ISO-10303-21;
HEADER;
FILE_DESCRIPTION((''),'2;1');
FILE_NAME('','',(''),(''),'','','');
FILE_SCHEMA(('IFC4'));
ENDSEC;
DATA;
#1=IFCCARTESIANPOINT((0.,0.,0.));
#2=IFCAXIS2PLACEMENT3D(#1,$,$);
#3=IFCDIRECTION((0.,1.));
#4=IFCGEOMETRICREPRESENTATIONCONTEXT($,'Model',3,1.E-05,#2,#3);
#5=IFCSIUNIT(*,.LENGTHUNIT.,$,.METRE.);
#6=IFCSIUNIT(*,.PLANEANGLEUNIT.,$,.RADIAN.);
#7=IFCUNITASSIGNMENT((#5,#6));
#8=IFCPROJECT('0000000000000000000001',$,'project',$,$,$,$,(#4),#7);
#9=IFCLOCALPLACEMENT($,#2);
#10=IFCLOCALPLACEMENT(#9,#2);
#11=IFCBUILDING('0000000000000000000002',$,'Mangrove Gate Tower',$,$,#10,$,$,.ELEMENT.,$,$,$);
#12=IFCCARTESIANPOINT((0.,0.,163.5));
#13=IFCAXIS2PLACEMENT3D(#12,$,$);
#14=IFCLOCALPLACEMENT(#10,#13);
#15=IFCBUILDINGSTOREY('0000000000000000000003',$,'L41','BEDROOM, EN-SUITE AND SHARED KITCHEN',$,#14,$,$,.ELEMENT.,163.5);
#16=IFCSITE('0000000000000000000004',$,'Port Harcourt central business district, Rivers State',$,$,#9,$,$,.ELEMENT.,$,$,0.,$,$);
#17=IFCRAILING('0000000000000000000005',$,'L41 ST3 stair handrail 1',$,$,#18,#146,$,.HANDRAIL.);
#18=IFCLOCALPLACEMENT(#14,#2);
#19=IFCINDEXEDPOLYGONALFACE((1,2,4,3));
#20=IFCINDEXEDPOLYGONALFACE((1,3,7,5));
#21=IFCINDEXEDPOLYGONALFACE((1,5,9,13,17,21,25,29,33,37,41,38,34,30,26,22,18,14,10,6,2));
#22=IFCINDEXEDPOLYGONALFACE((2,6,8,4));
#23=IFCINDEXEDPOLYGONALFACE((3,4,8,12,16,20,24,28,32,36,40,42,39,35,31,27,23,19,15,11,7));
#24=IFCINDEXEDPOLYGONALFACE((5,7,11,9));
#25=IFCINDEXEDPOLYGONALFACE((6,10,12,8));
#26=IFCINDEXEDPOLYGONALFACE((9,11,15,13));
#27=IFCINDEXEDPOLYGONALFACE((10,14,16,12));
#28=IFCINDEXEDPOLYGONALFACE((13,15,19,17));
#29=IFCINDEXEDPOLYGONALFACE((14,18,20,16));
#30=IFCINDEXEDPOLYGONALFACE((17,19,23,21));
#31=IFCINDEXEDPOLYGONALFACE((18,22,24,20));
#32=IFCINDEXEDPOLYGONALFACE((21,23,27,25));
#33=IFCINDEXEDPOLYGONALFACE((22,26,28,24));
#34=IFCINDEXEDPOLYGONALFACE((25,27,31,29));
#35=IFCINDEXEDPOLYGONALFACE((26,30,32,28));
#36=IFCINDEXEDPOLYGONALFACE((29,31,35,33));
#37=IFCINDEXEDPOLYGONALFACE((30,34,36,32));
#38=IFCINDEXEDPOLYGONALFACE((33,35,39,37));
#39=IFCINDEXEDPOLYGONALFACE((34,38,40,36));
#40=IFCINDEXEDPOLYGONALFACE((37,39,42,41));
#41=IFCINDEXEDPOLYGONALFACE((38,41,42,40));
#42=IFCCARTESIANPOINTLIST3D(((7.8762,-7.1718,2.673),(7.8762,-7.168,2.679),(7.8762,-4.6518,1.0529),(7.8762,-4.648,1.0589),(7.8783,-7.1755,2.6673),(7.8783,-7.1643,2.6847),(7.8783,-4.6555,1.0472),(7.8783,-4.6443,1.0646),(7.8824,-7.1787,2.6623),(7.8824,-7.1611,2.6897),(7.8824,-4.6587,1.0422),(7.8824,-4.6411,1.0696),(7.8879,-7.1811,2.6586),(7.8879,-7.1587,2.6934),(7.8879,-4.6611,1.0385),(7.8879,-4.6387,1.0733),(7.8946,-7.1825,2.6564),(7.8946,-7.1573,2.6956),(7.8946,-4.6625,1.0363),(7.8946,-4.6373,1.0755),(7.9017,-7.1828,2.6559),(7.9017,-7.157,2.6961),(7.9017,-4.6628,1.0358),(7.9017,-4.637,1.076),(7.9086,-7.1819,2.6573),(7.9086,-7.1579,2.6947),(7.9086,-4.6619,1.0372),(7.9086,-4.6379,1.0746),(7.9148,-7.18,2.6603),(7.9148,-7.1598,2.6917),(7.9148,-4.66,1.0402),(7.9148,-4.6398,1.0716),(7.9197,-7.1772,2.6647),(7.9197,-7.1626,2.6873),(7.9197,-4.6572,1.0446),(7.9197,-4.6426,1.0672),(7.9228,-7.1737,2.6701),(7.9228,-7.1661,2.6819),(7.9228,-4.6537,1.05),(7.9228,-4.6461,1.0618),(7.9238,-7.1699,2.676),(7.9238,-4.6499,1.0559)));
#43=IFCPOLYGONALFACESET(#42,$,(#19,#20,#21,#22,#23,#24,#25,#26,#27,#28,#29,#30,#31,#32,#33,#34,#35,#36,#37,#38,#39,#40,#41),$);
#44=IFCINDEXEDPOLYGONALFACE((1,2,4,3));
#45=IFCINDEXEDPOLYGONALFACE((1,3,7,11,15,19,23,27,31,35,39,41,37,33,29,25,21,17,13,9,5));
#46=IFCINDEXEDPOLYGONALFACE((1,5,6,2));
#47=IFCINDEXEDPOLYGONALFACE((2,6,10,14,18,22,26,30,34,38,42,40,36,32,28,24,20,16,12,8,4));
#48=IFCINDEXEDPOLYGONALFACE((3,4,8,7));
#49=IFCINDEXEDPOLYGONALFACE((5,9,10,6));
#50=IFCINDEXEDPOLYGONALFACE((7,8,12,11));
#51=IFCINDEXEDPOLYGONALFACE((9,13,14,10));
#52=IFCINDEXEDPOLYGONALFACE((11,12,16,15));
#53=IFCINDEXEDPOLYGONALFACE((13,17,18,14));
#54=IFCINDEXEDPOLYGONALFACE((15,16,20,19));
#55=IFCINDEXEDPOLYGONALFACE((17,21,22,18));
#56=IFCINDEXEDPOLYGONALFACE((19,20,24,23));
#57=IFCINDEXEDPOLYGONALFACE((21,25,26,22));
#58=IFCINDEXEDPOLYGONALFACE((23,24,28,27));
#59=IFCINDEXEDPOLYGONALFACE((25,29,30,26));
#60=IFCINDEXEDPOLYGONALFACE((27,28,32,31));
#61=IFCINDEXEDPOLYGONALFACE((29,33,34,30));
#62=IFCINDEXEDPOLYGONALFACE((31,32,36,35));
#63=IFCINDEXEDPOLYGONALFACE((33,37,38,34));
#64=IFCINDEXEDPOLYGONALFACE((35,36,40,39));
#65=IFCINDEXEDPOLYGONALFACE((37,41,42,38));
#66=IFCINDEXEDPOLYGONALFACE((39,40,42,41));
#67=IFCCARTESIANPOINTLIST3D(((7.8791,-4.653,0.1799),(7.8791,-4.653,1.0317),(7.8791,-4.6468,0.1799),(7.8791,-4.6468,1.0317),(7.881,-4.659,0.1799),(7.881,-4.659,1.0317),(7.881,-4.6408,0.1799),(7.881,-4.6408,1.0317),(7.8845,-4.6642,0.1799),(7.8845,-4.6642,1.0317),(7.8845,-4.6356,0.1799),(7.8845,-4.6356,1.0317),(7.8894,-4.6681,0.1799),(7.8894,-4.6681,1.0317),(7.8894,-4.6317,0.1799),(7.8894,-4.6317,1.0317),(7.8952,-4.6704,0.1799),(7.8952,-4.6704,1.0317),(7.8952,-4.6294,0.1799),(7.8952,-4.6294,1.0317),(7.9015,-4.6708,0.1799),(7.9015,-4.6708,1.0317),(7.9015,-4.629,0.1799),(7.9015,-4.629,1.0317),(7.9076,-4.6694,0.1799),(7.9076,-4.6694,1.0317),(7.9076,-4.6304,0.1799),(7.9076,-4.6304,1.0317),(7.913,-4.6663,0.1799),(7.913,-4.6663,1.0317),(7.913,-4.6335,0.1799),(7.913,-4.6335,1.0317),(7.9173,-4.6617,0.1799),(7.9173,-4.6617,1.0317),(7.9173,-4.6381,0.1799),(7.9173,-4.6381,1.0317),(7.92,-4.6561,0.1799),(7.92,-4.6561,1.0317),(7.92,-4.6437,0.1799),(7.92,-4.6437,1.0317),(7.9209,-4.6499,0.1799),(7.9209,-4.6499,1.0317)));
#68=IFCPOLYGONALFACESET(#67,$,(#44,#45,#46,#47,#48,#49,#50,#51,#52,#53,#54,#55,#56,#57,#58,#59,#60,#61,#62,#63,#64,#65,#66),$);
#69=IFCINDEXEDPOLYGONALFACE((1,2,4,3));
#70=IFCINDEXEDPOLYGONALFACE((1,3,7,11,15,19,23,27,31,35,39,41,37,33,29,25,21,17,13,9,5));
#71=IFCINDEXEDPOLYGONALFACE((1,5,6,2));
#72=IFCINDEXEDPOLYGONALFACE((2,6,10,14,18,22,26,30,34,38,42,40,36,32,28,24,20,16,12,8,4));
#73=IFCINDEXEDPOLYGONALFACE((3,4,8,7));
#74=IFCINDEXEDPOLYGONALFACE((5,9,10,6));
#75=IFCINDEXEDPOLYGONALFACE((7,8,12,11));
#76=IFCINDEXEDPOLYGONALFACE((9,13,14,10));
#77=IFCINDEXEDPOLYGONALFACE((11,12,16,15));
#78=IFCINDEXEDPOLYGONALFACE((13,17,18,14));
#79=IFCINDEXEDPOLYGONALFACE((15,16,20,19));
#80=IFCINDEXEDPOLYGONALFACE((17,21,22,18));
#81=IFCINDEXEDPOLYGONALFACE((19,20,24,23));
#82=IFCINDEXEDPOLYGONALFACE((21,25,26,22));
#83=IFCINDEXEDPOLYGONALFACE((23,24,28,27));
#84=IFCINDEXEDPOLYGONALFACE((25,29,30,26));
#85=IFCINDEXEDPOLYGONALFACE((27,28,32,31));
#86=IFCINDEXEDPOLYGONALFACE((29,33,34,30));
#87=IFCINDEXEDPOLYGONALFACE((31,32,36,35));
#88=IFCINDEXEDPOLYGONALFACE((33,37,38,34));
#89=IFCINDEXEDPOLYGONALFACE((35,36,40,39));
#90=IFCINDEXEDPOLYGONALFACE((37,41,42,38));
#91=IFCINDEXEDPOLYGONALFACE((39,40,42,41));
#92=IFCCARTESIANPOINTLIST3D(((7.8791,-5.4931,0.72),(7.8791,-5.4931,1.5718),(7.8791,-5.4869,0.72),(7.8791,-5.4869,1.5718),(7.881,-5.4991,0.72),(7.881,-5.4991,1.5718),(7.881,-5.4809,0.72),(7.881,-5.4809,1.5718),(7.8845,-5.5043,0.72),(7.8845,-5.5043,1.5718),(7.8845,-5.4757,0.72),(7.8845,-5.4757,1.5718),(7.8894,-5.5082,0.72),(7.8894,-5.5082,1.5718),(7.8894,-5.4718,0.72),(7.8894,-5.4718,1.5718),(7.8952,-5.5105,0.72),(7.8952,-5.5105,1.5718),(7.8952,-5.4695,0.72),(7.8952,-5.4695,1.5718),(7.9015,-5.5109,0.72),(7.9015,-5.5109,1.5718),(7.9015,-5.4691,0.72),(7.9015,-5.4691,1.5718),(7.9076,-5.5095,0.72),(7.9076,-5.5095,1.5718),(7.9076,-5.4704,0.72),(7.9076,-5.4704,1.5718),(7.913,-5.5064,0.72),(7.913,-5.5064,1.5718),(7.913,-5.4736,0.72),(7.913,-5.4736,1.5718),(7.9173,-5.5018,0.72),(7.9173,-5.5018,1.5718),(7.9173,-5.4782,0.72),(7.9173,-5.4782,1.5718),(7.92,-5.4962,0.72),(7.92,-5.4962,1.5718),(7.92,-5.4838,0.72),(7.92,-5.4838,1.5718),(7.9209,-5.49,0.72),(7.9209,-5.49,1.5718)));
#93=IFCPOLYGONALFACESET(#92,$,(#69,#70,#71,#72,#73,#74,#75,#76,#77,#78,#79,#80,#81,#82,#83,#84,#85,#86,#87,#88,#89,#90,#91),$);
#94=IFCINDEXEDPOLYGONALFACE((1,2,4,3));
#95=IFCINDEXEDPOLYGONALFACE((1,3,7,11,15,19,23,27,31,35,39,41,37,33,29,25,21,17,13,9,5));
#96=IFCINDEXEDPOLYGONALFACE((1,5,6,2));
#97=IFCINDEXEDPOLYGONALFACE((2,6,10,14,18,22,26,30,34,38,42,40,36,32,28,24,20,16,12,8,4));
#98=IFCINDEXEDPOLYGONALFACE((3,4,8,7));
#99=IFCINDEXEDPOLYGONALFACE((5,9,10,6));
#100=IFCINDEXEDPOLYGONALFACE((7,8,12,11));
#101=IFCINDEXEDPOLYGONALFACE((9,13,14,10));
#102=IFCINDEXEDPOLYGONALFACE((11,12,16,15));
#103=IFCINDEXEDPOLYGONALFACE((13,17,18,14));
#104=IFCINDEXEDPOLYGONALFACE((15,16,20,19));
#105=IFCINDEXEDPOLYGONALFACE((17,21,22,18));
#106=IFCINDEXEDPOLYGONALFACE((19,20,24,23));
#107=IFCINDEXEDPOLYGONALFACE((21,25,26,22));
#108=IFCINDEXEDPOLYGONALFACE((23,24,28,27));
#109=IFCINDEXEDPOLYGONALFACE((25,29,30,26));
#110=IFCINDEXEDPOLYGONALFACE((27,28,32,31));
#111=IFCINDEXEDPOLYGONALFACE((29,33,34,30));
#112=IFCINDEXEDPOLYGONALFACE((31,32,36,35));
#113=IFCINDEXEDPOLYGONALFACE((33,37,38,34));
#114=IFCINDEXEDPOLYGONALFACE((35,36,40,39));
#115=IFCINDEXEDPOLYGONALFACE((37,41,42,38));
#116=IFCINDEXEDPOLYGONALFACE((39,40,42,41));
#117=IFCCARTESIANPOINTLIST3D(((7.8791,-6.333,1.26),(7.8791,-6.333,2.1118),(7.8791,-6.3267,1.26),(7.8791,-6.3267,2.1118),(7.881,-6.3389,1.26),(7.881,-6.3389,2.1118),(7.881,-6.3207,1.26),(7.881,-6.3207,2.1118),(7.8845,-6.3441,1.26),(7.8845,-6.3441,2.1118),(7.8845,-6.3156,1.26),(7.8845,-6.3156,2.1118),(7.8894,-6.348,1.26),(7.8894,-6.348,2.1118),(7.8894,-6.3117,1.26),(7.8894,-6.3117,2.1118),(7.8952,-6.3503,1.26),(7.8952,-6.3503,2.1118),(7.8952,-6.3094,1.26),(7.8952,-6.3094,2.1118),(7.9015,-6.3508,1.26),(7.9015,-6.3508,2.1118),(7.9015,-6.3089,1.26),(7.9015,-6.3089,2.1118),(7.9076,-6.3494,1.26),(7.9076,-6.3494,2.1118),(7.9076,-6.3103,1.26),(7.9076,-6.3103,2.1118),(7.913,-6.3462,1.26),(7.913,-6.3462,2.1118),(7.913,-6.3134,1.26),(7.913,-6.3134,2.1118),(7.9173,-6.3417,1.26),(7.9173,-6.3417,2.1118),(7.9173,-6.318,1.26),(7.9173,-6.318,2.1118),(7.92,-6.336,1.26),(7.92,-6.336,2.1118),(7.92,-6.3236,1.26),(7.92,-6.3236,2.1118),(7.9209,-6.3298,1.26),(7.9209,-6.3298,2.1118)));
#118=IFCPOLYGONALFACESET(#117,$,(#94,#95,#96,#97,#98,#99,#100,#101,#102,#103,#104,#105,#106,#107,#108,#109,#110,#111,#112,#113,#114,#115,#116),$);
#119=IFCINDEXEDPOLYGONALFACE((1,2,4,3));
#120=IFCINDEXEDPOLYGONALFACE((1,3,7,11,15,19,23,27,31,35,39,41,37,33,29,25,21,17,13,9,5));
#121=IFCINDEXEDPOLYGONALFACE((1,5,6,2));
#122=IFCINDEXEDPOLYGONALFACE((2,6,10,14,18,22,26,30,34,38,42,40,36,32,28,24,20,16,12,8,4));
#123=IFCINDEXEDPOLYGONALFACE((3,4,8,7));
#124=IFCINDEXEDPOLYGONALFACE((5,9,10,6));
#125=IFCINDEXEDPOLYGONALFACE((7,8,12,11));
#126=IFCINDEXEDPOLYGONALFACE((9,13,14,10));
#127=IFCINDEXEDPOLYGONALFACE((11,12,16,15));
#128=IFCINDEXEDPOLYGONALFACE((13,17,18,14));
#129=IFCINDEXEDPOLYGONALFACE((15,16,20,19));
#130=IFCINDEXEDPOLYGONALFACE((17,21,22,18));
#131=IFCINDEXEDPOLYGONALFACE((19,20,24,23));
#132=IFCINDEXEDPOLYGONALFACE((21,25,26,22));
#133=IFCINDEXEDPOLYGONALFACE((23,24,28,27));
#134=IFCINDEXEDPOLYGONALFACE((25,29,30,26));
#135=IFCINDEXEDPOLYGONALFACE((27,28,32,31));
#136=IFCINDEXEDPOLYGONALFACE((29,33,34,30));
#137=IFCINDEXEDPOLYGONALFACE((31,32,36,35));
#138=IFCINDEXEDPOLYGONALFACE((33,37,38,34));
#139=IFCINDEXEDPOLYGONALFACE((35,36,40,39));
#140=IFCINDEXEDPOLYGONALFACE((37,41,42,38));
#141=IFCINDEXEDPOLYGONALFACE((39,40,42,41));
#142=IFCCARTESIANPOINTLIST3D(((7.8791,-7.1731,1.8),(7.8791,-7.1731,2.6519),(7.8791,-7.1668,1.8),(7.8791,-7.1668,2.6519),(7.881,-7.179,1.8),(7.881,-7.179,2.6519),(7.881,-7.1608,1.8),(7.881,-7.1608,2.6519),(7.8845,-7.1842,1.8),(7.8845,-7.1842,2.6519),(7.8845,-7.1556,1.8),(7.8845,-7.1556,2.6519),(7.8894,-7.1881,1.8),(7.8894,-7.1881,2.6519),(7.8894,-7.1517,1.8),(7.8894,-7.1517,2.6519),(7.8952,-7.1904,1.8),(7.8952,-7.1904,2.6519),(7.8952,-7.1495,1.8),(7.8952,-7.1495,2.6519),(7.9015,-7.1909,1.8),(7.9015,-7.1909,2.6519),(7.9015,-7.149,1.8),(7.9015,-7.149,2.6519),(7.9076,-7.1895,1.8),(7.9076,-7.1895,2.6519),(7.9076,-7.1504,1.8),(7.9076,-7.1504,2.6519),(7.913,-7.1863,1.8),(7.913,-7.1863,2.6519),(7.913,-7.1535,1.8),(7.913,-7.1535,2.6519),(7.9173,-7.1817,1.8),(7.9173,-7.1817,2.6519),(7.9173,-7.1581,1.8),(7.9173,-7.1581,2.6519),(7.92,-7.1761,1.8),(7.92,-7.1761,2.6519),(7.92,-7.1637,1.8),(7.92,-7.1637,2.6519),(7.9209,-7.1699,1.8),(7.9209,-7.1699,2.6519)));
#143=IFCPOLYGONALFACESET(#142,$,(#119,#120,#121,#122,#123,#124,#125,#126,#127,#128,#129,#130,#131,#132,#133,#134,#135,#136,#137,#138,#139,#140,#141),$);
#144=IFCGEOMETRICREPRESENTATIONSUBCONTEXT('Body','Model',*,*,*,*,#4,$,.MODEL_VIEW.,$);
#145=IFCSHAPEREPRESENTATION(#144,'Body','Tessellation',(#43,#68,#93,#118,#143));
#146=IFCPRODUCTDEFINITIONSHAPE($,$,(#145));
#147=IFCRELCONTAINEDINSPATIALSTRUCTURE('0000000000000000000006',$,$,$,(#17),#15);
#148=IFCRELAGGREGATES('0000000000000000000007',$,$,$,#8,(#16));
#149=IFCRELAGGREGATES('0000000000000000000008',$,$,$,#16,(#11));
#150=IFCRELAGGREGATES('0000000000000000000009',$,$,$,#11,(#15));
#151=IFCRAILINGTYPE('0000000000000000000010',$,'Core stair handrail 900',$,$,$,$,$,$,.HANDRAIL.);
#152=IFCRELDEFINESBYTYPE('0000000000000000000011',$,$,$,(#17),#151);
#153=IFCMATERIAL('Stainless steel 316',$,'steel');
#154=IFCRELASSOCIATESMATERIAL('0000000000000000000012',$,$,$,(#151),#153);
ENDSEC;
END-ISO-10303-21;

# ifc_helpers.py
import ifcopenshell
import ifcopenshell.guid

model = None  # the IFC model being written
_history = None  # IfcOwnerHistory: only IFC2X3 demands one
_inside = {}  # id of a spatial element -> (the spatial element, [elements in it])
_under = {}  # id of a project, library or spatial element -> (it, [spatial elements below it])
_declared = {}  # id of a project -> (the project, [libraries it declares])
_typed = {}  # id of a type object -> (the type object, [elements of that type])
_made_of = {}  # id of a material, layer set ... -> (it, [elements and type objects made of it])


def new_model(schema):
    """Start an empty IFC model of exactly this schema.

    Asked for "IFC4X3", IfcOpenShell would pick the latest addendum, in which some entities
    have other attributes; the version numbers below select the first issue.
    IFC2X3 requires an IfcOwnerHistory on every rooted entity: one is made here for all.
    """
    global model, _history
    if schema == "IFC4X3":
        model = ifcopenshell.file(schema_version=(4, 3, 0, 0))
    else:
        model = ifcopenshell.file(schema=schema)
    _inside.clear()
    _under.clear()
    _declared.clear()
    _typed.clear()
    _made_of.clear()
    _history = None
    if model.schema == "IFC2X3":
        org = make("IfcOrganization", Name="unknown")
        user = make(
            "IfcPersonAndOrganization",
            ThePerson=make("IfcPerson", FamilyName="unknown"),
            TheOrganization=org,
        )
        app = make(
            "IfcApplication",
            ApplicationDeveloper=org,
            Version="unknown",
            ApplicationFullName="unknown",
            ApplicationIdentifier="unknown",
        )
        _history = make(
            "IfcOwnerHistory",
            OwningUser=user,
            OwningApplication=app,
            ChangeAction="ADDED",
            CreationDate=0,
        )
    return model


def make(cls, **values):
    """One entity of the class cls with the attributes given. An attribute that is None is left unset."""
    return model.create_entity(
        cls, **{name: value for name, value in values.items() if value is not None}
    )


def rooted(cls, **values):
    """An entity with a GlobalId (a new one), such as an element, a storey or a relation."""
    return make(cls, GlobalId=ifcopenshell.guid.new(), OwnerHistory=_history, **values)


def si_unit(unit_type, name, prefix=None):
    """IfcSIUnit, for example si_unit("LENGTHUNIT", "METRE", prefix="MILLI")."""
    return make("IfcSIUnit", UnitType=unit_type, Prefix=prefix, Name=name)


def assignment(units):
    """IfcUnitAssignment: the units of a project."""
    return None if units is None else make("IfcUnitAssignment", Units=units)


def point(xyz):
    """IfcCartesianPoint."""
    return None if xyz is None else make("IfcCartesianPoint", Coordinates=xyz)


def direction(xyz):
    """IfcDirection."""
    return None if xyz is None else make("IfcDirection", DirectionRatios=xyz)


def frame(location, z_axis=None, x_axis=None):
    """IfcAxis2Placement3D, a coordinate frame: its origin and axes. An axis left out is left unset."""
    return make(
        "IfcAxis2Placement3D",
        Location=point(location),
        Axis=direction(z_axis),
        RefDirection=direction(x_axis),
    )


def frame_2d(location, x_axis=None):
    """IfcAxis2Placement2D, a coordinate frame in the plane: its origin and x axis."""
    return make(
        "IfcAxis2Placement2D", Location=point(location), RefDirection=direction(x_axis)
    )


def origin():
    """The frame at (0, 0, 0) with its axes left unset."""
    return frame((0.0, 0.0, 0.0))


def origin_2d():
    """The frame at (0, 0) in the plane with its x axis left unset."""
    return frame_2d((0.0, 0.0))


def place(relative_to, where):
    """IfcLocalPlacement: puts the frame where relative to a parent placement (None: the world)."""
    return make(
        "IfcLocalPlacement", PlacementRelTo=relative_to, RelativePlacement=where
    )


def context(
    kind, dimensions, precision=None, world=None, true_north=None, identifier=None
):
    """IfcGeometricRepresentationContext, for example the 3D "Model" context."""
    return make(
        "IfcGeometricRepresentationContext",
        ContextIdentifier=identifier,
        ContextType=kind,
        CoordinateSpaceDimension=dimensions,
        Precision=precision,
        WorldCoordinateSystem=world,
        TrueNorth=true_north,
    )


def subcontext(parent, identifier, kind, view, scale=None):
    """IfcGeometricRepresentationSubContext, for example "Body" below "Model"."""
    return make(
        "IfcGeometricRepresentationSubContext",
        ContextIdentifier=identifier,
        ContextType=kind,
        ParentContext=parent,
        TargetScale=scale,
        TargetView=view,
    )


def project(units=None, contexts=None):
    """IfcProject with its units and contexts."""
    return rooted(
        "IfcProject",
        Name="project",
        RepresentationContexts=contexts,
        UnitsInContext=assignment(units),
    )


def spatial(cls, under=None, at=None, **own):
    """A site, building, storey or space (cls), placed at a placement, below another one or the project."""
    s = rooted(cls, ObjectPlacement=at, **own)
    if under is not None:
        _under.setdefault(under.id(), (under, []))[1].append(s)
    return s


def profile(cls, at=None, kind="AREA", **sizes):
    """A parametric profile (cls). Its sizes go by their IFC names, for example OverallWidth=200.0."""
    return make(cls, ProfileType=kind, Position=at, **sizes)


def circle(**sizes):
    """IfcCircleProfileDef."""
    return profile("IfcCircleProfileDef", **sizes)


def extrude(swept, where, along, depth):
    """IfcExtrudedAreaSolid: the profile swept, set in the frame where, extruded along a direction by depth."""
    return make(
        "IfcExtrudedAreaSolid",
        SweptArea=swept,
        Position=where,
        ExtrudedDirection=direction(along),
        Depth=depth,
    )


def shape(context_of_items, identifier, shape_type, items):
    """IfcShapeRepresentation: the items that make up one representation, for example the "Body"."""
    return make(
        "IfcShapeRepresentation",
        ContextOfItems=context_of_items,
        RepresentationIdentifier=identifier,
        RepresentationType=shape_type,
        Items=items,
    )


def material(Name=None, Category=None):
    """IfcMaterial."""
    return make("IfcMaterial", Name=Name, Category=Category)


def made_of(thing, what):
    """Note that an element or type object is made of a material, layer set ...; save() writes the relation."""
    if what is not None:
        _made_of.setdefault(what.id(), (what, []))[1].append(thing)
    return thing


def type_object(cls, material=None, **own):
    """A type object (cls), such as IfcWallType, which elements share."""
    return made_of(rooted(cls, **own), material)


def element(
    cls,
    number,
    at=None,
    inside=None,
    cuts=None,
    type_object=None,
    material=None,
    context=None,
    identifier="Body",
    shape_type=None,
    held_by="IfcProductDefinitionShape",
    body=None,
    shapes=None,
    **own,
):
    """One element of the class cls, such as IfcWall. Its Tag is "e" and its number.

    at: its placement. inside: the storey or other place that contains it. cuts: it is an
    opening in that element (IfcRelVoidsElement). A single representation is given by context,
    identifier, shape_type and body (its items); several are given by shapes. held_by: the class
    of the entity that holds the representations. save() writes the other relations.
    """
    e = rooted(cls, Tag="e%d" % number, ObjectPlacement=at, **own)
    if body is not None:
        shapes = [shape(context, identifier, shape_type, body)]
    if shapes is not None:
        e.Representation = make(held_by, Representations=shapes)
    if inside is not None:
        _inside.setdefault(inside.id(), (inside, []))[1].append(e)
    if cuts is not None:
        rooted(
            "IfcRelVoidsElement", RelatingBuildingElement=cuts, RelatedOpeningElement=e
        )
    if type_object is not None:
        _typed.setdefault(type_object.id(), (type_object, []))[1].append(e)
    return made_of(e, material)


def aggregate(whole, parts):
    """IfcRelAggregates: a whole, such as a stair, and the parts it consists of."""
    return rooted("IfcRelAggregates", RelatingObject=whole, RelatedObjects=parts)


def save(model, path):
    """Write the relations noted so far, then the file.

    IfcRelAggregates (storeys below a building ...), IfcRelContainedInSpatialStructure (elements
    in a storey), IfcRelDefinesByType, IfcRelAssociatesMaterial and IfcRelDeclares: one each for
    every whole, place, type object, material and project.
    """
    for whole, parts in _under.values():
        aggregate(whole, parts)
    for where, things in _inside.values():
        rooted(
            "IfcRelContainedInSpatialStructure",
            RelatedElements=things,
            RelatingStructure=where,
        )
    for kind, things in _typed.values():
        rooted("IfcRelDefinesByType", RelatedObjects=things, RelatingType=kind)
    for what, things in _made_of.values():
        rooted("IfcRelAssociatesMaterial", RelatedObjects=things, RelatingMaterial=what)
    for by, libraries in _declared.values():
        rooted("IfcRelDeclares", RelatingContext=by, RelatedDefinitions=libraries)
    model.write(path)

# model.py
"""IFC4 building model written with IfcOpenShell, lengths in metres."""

from ifc_helpers import new_model, si_unit, direction, frame, origin, origin_2d, place, context, subcontext, project, spatial, circle, extrude, material, type_object, element, save


model = new_model("IFC4")

# Units and contexts
model_context = context("Model", 3, precision=1e-05, world=origin(), true_north=direction((0.0, 1.0)))
body_context = subcontext(model_context, "Body", "Model", "MODEL_VIEW")
ifc_project = project(units=[si_unit("LENGTHUNIT", "METRE"), si_unit("PLANEANGLEUNIT", "RADIAN")], contexts=[model_context])

# Site, building, storey
site_placement = place(None, origin())
site = spatial("IfcSite", under=ifc_project, at=site_placement, Name="Port Harcourt central business district, Rivers State", CompositionType="ELEMENT", RefElevation=0.0)
building_placement = place(site_placement, origin())
building = spatial("IfcBuilding", under=site, at=building_placement, Name="Mangrove Gate Tower", CompositionType="ELEMENT")
storey_placement = place(building_placement, frame((0.0, 0.0, 163.5)))
storey = spatial("IfcBuildingStorey", under=building, at=storey_placement, Name="L41", Description="BEDROOM, EN-SUITE AND SHARED KITCHEN", CompositionType="ELEMENT", Elevation=163.5)

# Railing
ifc_material_1 = material(Name="Stainless steel 316", Category="steel")
railing_type_1 = type_object("IfcRailingType", Name="Core stair handrail 900", PredefinedType="HANDRAIL", material=ifc_material_1)
railing_1_placement = place(storey_placement, frame((7.8999, -4.6499, 0.1799)))
element("IfcRailing", 1, at=railing_1_placement, inside=storey, type_object=railing_type_1, Name="L41 ST3 stair handrail 1", PredefinedType="HANDRAIL", context=body_context, shape_type="SweptSolid", body=[
    extrude(circle(Radius=0.0239, at=origin_2d()), frame((0.0, 0.0, 0.876), z_axis=(0.0, -0.841163, 0.540782), x_axis=(1.0, 0.0, 0.0)), (0.0, 0.0, 1.0), 2.9958),
    extrude(circle(Radius=0.021, at=origin_2d()), origin(), (0.0, 0.0, 1.0), 0.8518),
    extrude(circle(Radius=0.021, at=origin_2d()), frame((0.0, -0.8401, 0.54)), (0.0, 0.0, 1.0), 0.8518),
    extrude(circle(Radius=0.021, at=origin_2d()), frame((0.0, -1.6799, 1.0801)), (0.0, 0.0, 1.0), 0.8518),
    extrude(circle(Radius=0.021, at=origin_2d()), frame((0.0, -2.52, 1.6201)), (0.0, 0.0, 1.0), 0.8518),
])

save(model, "model.ifc")
